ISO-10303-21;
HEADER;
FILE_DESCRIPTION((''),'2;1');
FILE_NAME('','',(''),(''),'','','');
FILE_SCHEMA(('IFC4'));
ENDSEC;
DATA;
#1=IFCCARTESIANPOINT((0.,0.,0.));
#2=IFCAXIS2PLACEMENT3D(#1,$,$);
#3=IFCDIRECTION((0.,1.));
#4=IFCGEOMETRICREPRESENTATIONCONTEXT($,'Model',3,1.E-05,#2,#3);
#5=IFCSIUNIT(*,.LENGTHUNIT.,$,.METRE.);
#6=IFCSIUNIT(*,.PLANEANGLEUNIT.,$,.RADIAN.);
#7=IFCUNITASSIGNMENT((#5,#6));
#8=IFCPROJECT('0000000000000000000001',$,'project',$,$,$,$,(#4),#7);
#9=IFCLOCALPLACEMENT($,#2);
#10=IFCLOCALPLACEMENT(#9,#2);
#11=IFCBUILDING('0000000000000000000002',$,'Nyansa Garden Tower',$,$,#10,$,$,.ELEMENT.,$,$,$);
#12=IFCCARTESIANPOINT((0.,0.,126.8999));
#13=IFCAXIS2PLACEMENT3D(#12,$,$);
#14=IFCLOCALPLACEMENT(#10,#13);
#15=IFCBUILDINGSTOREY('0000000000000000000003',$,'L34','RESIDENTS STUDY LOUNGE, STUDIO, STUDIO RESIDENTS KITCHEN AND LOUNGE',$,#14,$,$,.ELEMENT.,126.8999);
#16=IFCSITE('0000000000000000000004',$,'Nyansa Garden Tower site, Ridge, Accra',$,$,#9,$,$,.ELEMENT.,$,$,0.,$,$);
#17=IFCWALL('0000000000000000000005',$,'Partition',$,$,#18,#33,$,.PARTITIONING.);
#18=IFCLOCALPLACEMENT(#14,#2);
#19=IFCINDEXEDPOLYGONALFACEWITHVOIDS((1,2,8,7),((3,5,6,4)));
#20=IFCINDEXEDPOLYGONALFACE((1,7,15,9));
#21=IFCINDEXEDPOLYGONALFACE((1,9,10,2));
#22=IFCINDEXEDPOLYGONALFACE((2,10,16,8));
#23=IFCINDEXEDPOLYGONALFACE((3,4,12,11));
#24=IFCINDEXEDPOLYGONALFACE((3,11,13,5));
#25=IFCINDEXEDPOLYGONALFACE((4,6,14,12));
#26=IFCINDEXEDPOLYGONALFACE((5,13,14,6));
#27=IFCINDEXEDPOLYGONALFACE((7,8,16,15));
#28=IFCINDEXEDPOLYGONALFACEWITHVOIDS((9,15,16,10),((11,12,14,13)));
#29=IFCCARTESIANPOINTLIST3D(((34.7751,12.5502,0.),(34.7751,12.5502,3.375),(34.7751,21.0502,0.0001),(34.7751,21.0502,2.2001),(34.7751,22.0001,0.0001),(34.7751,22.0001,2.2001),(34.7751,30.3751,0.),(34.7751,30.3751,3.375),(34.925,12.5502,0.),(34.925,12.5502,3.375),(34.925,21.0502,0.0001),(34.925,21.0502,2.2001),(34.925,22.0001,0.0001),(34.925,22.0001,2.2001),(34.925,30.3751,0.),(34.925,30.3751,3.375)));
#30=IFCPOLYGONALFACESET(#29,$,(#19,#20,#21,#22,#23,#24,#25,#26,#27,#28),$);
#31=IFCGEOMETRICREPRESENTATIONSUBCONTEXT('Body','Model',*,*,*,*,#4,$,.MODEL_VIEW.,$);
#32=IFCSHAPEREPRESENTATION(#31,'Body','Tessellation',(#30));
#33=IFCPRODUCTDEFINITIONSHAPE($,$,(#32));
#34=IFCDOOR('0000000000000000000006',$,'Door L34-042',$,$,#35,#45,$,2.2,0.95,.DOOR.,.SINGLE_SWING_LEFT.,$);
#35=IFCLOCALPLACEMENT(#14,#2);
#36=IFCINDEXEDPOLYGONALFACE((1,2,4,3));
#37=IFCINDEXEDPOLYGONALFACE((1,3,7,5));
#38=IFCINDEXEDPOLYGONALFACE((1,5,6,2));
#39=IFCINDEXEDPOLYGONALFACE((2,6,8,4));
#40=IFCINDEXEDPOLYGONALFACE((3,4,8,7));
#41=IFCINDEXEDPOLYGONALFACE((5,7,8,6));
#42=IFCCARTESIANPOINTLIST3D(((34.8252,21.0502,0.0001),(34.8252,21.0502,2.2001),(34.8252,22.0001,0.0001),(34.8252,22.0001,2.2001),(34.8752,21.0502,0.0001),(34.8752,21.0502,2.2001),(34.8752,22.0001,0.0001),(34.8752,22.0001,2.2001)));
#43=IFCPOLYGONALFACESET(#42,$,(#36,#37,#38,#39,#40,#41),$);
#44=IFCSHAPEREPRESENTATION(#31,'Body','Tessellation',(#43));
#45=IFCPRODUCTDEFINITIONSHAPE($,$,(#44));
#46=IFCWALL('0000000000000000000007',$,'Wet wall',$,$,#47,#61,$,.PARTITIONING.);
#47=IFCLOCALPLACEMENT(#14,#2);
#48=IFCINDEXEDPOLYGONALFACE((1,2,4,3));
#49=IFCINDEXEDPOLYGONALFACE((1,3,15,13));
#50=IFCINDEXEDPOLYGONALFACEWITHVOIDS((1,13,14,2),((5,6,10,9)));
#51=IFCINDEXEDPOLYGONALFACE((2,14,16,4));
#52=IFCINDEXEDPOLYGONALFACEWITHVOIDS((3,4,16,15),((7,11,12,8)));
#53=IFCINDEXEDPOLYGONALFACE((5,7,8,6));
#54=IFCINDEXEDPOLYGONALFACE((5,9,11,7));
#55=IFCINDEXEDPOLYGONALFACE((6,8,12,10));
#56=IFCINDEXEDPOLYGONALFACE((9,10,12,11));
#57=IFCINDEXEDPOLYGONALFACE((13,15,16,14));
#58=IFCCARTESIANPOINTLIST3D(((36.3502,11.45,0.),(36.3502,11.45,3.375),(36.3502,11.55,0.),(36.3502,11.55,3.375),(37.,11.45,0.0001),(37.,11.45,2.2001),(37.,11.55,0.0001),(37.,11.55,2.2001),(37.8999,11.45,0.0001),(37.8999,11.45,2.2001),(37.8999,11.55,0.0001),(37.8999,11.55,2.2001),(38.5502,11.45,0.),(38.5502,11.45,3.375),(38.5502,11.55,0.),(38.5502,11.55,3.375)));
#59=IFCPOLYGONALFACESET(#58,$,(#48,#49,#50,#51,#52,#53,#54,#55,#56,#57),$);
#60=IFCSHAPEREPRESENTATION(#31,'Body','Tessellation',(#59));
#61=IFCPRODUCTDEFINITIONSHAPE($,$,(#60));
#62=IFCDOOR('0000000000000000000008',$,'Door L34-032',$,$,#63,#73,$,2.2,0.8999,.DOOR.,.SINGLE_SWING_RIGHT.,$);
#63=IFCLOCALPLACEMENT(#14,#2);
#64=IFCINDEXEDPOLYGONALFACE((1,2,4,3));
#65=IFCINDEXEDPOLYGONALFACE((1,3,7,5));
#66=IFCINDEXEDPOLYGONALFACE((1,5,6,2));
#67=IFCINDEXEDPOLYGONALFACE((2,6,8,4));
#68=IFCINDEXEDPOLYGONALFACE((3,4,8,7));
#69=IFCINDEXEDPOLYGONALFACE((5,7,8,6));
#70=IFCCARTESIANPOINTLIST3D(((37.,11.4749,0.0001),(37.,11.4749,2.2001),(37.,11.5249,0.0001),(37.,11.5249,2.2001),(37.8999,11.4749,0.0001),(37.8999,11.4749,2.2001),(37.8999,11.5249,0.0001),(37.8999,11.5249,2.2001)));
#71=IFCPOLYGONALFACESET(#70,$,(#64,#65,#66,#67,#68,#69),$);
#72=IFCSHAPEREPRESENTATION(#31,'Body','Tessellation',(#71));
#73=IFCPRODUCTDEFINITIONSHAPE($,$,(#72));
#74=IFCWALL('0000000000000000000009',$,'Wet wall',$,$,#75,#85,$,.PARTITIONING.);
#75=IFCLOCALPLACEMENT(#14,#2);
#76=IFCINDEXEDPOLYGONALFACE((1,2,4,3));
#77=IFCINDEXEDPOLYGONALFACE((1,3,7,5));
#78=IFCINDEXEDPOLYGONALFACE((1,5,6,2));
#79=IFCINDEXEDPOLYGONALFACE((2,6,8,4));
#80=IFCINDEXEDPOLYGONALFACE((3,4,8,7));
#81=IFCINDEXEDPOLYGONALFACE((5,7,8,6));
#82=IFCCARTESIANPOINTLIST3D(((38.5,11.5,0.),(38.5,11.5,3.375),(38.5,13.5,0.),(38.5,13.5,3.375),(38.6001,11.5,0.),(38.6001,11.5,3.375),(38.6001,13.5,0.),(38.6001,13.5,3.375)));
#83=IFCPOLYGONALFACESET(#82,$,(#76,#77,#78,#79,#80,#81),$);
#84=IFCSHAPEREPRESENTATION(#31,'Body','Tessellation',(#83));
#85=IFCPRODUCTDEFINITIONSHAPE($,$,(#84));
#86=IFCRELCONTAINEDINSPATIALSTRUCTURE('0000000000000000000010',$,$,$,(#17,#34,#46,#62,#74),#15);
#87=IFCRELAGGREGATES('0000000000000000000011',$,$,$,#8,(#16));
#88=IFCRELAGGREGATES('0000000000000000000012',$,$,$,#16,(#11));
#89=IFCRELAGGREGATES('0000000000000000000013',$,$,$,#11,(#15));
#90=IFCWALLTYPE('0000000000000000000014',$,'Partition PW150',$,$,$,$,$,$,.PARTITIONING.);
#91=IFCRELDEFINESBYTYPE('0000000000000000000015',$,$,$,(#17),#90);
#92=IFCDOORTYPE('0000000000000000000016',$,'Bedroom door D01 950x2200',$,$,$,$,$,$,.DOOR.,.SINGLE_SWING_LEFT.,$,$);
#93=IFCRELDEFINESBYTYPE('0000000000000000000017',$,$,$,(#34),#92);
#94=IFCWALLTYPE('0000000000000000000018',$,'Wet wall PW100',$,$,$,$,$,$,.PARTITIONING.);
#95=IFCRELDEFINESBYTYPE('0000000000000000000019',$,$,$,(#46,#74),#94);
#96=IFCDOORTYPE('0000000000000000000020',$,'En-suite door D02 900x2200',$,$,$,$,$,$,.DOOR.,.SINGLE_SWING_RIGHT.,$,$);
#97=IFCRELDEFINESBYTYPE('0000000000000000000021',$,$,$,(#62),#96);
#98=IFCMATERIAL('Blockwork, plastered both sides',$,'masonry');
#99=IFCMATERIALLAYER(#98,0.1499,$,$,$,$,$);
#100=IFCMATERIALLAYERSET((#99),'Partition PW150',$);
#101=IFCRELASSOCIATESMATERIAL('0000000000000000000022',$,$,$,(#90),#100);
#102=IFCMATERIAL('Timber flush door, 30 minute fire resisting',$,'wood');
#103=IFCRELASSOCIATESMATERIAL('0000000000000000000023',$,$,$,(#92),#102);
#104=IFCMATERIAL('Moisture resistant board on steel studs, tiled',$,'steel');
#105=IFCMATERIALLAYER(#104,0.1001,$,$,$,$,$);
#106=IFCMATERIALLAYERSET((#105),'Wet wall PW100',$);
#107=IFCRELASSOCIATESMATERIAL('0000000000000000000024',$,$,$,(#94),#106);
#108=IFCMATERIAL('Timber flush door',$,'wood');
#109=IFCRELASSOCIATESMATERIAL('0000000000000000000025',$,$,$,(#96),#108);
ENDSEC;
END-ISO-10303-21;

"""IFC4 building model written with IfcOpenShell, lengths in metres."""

from ifc_helpers import new_model, si_unit, direction, frame, frame_2d, origin, place, context, subcontext, project, spatial, rectangle, extrude, material, layer, layer_set, type_object, element, fill, save


model = new_model("IFC4")

# Units and contexts
model_context = context("Model", 3, precision=1e-05, world=origin(), true_north=direction((0.0, 1.0)))
body_context = subcontext(model_context, "Body", "Model", "MODEL_VIEW")
ifc_project = project(units=[si_unit("LENGTHUNIT", "METRE"), si_unit("PLANEANGLEUNIT", "RADIAN")], contexts=[model_context])

# Site, building, storey
site_placement = place(None, origin())
site = spatial("IfcSite", under=ifc_project, at=site_placement, Name="Nyansa Garden Tower site, Ridge, Accra", CompositionType="ELEMENT", RefElevation=0.0)
building_placement = place(site_placement, origin())
building = spatial("IfcBuilding", under=site, at=building_placement, Name="Nyansa Garden Tower", CompositionType="ELEMENT")
storey_placement = place(building_placement, frame((0.0, 0.0, 126.8999)))
storey = spatial("IfcBuildingStorey", under=building, at=storey_placement, Name="L34", Description="RESIDENTS STUDY LOUNGE, STUDIO, STUDIO RESIDENTS KITCHEN AND LOUNGE", CompositionType="ELEMENT", Elevation=126.8999)

# Shared definitions
ifc_material_1 = material(Name="Blockwork, plastered both sides", Category="masonry")
ifc_layer_1 = layer(ifc_material_1, 0.1499)
ifc_layer_set_1 = layer_set([ifc_layer_1], Name="Partition PW150")
wall_type_1 = type_object("IfcWallType", Name="Partition PW150", PredefinedType="PARTITIONING", material=ifc_layer_set_1)

# Walls, openings, doors
wall_1_placement = place(storey_placement, frame((34.8501, 12.55, 0.0), z_axis=(0.0, 0.0, 1.0), x_axis=(0.0, 1.0, 0.0)))
wall_1 = element("IfcWall", 1, at=wall_1_placement, inside=storey, type_object=wall_type_1, Name="Partition", PredefinedType="PARTITIONING", context=body_context, shape_type="SweptSolid", body=[
    extrude(rectangle(XDim=17.825, YDim=0.1499, at=frame_2d((8.9126, 0.0))), origin(), (0.0, 0.0, 1.0), 3.375),
])
opening_1_placement = place(wall_1_placement, frame((8.5, 0.0, 0.0)))
opening_1 = element("IfcOpeningElement", 2, at=opening_1_placement, cuts=wall_1, PredefinedType="OPENING", context=body_context, shape_type="SweptSolid", body=[
    extrude(rectangle(XDim=0.95, YDim=2.2, at=frame_2d((0.4751, 1.1001))), frame((0.0, 0.085, 0.0), z_axis=(0.0, -1.0, 0.0), x_axis=(1.0, 0.0, 0.0)), (0.0, 0.0, 1.0), 0.1699),
])
ifc_material_2 = material(Name="Timber flush door, 30 minute fire resisting", Category="wood")
door_type_1 = type_object("IfcDoorType", Name="Bedroom door D01 950x2200", OperationType="SINGLE_SWING_LEFT", PredefinedType="DOOR", material=ifc_material_2)
door_1_placement = place(opening_1_placement, origin())
door_1 = element("IfcDoor", 3, at=door_1_placement, inside=storey, type_object=door_type_1, Name="Door L34-042", OperationType="SINGLE_SWING_LEFT", OverallHeight=2.2, OverallWidth=0.95, PredefinedType="DOOR", context=body_context, shape_type="SweptSolid", body=[
    extrude(rectangle(XDim=0.95, YDim=2.2, at=frame_2d((0.4751, 1.1001))), frame((0.0, 0.0249, 0.0), z_axis=(0.0, -1.0, 0.0), x_axis=(1.0, 0.0, 0.0)), (0.0, 0.0, 1.0), 0.05),
])
fill(opening_1, door_1)
ifc_material_3 = material(Name="Moisture resistant board on steel studs, tiled", Category="steel")
ifc_layer_2 = layer(ifc_material_3, 0.1001)
ifc_layer_set_2 = layer_set([ifc_layer_2], Name="Wet wall PW100")
wall_type_2 = type_object("IfcWallType", Name="Wet wall PW100", PredefinedType="PARTITIONING", material=ifc_layer_set_2)
wall_2_placement = place(storey_placement, frame((36.3501, 11.5, 0.0), z_axis=(0.0, 0.0, 1.0), x_axis=(1.0, 0.0, 0.0)))
wall_2 = element("IfcWall", 4, at=wall_2_placement, inside=storey, type_object=wall_type_2, Name="Wet wall", PredefinedType="PARTITIONING", context=body_context, shape_type="SweptSolid", body=[
    extrude(rectangle(XDim=2.2, YDim=0.1001, at=frame_2d((1.1001, 0.0))), origin(), (0.0, 0.0, 1.0), 3.375),
])
opening_2_placement = place(wall_2_placement, frame((0.6499, 0.0, 0.0)))
opening_2 = element("IfcOpeningElement", 5, at=opening_2_placement, cuts=wall_2, PredefinedType="OPENING", context=body_context, shape_type="SweptSolid", body=[
    extrude(rectangle(XDim=0.8999, YDim=2.2, at=frame_2d((0.45, 1.1001))), frame((0.0, 0.0601, 0.0), z_axis=(0.0, -1.0, 0.0), x_axis=(1.0, 0.0, 0.0)), (0.0, 0.0, 1.0), 0.1201),
])
ifc_material_4 = material(Name="Timber flush door", Category="wood")
door_type_2 = type_object("IfcDoorType", Name="En-suite door D02 900x2200", OperationType="SINGLE_SWING_RIGHT", PredefinedType="DOOR", material=ifc_material_4)
door_2_placement = place(opening_2_placement, origin())
door_2 = element("IfcDoor", 6, at=door_2_placement, inside=storey, type_object=door_type_2, Name="Door L34-032", OperationType="SINGLE_SWING_RIGHT", OverallHeight=2.2, OverallWidth=0.8999, PredefinedType="DOOR", context=body_context, shape_type="SweptSolid", body=[
    extrude(rectangle(XDim=0.8999, YDim=2.2, at=frame_2d((0.45, 1.1001))), frame((0.0, 0.0249, 0.0), z_axis=(0.0, -1.0, 0.0), x_axis=(1.0, 0.0, 0.0)), (0.0, 0.0, 1.0), 0.05),
])
fill(opening_2, door_2)

# Wall
wall_3_placement = place(storey_placement, frame((38.55, 11.5, 0.0), z_axis=(0.0, 0.0, 1.0), x_axis=(0.0, 1.0, 0.0)))
element("IfcWall", 7, at=wall_3_placement, inside=storey, type_object=wall_type_2, Name="Wet wall", PredefinedType="PARTITIONING", context=body_context, shape_type="SweptSolid", body=[
    extrude(rectangle(XDim=2.0, YDim=0.1001, at=frame_2d((1.0, 0.0))), origin(), (0.0, 0.0, 1.0), 3.375),
])

save(model, "model.ifc")
